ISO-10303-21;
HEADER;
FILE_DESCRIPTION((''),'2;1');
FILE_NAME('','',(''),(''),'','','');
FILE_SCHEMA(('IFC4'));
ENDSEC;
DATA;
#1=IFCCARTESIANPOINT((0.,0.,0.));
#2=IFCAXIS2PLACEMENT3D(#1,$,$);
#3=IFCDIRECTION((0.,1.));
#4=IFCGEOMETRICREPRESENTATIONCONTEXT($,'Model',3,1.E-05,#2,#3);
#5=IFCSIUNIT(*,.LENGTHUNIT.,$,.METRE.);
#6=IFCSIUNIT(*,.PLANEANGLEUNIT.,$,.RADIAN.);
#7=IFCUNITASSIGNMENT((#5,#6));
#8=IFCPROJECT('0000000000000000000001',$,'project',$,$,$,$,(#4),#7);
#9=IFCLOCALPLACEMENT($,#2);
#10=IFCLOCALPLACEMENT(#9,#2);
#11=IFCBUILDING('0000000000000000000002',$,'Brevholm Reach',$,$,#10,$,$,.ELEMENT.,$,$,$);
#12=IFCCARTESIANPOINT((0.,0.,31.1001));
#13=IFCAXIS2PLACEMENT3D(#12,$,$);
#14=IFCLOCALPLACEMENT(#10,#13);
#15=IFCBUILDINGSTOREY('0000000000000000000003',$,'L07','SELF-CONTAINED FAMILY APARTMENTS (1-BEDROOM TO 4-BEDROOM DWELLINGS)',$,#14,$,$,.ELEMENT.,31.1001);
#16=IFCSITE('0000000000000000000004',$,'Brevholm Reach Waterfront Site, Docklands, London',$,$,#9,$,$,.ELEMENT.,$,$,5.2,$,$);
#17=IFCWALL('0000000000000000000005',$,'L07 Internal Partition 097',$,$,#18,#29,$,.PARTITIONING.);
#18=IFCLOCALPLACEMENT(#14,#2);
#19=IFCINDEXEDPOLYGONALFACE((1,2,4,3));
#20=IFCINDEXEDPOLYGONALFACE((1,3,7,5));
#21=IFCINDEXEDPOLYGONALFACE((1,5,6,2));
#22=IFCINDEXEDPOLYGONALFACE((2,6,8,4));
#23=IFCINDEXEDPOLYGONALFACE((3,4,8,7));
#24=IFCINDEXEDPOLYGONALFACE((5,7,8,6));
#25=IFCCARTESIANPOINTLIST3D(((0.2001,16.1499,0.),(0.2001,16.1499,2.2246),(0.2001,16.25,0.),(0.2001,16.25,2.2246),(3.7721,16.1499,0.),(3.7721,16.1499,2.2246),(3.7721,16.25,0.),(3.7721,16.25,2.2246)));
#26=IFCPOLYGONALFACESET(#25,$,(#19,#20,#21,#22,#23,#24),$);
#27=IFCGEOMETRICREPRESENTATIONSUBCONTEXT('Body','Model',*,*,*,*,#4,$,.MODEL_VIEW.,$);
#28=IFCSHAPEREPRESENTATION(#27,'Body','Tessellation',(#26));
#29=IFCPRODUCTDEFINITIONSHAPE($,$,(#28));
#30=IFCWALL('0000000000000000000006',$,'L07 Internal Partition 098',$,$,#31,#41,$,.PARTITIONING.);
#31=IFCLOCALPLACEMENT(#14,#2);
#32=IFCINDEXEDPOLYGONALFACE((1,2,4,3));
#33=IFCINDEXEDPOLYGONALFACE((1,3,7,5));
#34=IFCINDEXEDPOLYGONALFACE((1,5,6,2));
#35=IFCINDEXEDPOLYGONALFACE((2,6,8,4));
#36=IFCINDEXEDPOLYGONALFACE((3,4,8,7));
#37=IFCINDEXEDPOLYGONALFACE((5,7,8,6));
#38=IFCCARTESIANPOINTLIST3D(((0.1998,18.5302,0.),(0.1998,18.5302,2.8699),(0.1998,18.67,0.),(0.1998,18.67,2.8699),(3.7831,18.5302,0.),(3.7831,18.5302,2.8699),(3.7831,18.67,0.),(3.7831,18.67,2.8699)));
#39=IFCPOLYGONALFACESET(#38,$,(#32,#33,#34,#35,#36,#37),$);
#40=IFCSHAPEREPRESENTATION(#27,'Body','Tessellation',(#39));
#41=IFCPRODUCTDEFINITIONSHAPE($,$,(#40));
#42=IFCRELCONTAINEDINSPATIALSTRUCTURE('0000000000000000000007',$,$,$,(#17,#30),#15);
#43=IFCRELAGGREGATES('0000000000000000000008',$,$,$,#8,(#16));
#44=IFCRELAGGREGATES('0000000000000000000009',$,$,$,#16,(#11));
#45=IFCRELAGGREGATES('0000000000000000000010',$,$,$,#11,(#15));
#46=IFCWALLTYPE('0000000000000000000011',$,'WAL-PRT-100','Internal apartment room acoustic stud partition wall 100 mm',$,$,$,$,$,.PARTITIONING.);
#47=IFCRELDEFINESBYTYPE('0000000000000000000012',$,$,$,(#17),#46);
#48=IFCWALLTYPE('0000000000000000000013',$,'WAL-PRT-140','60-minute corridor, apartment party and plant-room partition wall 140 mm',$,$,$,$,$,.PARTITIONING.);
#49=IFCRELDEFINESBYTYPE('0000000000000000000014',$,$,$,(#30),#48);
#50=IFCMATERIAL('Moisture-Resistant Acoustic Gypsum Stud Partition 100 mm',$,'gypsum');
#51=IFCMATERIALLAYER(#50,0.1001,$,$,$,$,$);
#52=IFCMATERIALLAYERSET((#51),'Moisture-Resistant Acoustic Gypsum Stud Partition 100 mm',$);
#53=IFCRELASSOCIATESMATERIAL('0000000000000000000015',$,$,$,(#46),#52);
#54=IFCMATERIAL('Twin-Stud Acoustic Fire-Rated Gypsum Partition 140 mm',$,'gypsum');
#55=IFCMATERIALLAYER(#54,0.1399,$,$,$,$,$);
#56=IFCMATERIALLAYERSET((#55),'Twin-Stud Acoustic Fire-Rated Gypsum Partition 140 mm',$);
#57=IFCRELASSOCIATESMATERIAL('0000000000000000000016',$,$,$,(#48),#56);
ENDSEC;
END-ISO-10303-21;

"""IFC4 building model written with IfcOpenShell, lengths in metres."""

from ifc_helpers import new_model, si_unit, direction, frame, frame_2d, origin, place, context, subcontext, project, spatial, rectangle, extrude, material, layer, layer_set, type_object, element, save


model = new_model("IFC4")

# Units and contexts
model_context = context("Model", 3, precision=1e-05, world=origin(), true_north=direction((0.0, 1.0)))
body_context = subcontext(model_context, "Body", "Model", "MODEL_VIEW")
ifc_project = project(units=[si_unit("LENGTHUNIT", "METRE"), si_unit("PLANEANGLEUNIT", "RADIAN")], contexts=[model_context])

# Site, building, storey
site_placement = place(None, origin())
site = spatial("IfcSite", under=ifc_project, at=site_placement, Name="Brevholm Reach Waterfront Site, Docklands, London", CompositionType="ELEMENT", RefElevation=5.2)
building_placement = place(site_placement, origin())
building = spatial("IfcBuilding", under=site, at=building_placement, Name="Brevholm Reach", CompositionType="ELEMENT")
storey_placement = place(building_placement, frame((0.0, 0.0, 31.1001)))
storey = spatial("IfcBuildingStorey", under=building, at=storey_placement, Name="L07", Description="SELF-CONTAINED FAMILY APARTMENTS (1-BEDROOM TO 4-BEDROOM DWELLINGS)", CompositionType="ELEMENT", Elevation=31.1001)

# Walls
ifc_material_1 = material(Name="Moisture-Resistant Acoustic Gypsum Stud Partition 100 mm", Category="gypsum")
ifc_layer_1 = layer(ifc_material_1, 0.1001)
ifc_layer_set_1 = layer_set([ifc_layer_1], Name="Moisture-Resistant Acoustic Gypsum Stud Partition 100 mm")
wall_type_1 = type_object("IfcWallType", Name="WAL-PRT-100", Description="Internal apartment room acoustic stud partition wall 100 mm", PredefinedType="PARTITIONING", material=ifc_layer_set_1)
wall_1_placement = place(storey_placement, frame((0.2, 16.2, 0.0), z_axis=(0.0, 0.0, 1.0), x_axis=(1.0, 0.0, 0.0)))
element("IfcWall", 1, at=wall_1_placement, inside=storey, type_object=wall_type_1, Name="L07 Internal Partition 097", PredefinedType="PARTITIONING", context=body_context, shape_type="SweptSolid", body=[
    extrude(rectangle(XDim=3.572, YDim=0.1001, at=frame_2d((1.7861, 0.0))), origin(), (0.0, 0.0, 1.0), 2.2246),
])
ifc_material_2 = material(Name="Twin-Stud Acoustic Fire-Rated Gypsum Partition 140 mm", Category="gypsum")
ifc_layer_2 = layer(ifc_material_2, 0.1399)
ifc_layer_set_2 = layer_set([ifc_layer_2], Name="Twin-Stud Acoustic Fire-Rated Gypsum Partition 140 mm")
wall_type_2 = type_object("IfcWallType", Name="WAL-PRT-140", Description="60-minute corridor, apartment party and plant-room partition wall 140 mm", PredefinedType="PARTITIONING", material=ifc_layer_set_2)
wall_2_placement = place(storey_placement, frame((0.2, 18.6001, 0.0), z_axis=(0.0, 0.0, 1.0), x_axis=(1.0, 0.0, 0.0)))
element("IfcWall", 2, at=wall_2_placement, inside=storey, type_object=wall_type_2, Name="L07 Internal Partition 098", PredefinedType="PARTITIONING", context=body_context, shape_type="SweptSolid", body=[
    extrude(rectangle(XDim=3.5833, YDim=0.1399, at=frame_2d((1.7915, 0.0))), origin(), (0.0, 0.0, 1.0), 2.8699),
])

save(model, "model.ifc")
